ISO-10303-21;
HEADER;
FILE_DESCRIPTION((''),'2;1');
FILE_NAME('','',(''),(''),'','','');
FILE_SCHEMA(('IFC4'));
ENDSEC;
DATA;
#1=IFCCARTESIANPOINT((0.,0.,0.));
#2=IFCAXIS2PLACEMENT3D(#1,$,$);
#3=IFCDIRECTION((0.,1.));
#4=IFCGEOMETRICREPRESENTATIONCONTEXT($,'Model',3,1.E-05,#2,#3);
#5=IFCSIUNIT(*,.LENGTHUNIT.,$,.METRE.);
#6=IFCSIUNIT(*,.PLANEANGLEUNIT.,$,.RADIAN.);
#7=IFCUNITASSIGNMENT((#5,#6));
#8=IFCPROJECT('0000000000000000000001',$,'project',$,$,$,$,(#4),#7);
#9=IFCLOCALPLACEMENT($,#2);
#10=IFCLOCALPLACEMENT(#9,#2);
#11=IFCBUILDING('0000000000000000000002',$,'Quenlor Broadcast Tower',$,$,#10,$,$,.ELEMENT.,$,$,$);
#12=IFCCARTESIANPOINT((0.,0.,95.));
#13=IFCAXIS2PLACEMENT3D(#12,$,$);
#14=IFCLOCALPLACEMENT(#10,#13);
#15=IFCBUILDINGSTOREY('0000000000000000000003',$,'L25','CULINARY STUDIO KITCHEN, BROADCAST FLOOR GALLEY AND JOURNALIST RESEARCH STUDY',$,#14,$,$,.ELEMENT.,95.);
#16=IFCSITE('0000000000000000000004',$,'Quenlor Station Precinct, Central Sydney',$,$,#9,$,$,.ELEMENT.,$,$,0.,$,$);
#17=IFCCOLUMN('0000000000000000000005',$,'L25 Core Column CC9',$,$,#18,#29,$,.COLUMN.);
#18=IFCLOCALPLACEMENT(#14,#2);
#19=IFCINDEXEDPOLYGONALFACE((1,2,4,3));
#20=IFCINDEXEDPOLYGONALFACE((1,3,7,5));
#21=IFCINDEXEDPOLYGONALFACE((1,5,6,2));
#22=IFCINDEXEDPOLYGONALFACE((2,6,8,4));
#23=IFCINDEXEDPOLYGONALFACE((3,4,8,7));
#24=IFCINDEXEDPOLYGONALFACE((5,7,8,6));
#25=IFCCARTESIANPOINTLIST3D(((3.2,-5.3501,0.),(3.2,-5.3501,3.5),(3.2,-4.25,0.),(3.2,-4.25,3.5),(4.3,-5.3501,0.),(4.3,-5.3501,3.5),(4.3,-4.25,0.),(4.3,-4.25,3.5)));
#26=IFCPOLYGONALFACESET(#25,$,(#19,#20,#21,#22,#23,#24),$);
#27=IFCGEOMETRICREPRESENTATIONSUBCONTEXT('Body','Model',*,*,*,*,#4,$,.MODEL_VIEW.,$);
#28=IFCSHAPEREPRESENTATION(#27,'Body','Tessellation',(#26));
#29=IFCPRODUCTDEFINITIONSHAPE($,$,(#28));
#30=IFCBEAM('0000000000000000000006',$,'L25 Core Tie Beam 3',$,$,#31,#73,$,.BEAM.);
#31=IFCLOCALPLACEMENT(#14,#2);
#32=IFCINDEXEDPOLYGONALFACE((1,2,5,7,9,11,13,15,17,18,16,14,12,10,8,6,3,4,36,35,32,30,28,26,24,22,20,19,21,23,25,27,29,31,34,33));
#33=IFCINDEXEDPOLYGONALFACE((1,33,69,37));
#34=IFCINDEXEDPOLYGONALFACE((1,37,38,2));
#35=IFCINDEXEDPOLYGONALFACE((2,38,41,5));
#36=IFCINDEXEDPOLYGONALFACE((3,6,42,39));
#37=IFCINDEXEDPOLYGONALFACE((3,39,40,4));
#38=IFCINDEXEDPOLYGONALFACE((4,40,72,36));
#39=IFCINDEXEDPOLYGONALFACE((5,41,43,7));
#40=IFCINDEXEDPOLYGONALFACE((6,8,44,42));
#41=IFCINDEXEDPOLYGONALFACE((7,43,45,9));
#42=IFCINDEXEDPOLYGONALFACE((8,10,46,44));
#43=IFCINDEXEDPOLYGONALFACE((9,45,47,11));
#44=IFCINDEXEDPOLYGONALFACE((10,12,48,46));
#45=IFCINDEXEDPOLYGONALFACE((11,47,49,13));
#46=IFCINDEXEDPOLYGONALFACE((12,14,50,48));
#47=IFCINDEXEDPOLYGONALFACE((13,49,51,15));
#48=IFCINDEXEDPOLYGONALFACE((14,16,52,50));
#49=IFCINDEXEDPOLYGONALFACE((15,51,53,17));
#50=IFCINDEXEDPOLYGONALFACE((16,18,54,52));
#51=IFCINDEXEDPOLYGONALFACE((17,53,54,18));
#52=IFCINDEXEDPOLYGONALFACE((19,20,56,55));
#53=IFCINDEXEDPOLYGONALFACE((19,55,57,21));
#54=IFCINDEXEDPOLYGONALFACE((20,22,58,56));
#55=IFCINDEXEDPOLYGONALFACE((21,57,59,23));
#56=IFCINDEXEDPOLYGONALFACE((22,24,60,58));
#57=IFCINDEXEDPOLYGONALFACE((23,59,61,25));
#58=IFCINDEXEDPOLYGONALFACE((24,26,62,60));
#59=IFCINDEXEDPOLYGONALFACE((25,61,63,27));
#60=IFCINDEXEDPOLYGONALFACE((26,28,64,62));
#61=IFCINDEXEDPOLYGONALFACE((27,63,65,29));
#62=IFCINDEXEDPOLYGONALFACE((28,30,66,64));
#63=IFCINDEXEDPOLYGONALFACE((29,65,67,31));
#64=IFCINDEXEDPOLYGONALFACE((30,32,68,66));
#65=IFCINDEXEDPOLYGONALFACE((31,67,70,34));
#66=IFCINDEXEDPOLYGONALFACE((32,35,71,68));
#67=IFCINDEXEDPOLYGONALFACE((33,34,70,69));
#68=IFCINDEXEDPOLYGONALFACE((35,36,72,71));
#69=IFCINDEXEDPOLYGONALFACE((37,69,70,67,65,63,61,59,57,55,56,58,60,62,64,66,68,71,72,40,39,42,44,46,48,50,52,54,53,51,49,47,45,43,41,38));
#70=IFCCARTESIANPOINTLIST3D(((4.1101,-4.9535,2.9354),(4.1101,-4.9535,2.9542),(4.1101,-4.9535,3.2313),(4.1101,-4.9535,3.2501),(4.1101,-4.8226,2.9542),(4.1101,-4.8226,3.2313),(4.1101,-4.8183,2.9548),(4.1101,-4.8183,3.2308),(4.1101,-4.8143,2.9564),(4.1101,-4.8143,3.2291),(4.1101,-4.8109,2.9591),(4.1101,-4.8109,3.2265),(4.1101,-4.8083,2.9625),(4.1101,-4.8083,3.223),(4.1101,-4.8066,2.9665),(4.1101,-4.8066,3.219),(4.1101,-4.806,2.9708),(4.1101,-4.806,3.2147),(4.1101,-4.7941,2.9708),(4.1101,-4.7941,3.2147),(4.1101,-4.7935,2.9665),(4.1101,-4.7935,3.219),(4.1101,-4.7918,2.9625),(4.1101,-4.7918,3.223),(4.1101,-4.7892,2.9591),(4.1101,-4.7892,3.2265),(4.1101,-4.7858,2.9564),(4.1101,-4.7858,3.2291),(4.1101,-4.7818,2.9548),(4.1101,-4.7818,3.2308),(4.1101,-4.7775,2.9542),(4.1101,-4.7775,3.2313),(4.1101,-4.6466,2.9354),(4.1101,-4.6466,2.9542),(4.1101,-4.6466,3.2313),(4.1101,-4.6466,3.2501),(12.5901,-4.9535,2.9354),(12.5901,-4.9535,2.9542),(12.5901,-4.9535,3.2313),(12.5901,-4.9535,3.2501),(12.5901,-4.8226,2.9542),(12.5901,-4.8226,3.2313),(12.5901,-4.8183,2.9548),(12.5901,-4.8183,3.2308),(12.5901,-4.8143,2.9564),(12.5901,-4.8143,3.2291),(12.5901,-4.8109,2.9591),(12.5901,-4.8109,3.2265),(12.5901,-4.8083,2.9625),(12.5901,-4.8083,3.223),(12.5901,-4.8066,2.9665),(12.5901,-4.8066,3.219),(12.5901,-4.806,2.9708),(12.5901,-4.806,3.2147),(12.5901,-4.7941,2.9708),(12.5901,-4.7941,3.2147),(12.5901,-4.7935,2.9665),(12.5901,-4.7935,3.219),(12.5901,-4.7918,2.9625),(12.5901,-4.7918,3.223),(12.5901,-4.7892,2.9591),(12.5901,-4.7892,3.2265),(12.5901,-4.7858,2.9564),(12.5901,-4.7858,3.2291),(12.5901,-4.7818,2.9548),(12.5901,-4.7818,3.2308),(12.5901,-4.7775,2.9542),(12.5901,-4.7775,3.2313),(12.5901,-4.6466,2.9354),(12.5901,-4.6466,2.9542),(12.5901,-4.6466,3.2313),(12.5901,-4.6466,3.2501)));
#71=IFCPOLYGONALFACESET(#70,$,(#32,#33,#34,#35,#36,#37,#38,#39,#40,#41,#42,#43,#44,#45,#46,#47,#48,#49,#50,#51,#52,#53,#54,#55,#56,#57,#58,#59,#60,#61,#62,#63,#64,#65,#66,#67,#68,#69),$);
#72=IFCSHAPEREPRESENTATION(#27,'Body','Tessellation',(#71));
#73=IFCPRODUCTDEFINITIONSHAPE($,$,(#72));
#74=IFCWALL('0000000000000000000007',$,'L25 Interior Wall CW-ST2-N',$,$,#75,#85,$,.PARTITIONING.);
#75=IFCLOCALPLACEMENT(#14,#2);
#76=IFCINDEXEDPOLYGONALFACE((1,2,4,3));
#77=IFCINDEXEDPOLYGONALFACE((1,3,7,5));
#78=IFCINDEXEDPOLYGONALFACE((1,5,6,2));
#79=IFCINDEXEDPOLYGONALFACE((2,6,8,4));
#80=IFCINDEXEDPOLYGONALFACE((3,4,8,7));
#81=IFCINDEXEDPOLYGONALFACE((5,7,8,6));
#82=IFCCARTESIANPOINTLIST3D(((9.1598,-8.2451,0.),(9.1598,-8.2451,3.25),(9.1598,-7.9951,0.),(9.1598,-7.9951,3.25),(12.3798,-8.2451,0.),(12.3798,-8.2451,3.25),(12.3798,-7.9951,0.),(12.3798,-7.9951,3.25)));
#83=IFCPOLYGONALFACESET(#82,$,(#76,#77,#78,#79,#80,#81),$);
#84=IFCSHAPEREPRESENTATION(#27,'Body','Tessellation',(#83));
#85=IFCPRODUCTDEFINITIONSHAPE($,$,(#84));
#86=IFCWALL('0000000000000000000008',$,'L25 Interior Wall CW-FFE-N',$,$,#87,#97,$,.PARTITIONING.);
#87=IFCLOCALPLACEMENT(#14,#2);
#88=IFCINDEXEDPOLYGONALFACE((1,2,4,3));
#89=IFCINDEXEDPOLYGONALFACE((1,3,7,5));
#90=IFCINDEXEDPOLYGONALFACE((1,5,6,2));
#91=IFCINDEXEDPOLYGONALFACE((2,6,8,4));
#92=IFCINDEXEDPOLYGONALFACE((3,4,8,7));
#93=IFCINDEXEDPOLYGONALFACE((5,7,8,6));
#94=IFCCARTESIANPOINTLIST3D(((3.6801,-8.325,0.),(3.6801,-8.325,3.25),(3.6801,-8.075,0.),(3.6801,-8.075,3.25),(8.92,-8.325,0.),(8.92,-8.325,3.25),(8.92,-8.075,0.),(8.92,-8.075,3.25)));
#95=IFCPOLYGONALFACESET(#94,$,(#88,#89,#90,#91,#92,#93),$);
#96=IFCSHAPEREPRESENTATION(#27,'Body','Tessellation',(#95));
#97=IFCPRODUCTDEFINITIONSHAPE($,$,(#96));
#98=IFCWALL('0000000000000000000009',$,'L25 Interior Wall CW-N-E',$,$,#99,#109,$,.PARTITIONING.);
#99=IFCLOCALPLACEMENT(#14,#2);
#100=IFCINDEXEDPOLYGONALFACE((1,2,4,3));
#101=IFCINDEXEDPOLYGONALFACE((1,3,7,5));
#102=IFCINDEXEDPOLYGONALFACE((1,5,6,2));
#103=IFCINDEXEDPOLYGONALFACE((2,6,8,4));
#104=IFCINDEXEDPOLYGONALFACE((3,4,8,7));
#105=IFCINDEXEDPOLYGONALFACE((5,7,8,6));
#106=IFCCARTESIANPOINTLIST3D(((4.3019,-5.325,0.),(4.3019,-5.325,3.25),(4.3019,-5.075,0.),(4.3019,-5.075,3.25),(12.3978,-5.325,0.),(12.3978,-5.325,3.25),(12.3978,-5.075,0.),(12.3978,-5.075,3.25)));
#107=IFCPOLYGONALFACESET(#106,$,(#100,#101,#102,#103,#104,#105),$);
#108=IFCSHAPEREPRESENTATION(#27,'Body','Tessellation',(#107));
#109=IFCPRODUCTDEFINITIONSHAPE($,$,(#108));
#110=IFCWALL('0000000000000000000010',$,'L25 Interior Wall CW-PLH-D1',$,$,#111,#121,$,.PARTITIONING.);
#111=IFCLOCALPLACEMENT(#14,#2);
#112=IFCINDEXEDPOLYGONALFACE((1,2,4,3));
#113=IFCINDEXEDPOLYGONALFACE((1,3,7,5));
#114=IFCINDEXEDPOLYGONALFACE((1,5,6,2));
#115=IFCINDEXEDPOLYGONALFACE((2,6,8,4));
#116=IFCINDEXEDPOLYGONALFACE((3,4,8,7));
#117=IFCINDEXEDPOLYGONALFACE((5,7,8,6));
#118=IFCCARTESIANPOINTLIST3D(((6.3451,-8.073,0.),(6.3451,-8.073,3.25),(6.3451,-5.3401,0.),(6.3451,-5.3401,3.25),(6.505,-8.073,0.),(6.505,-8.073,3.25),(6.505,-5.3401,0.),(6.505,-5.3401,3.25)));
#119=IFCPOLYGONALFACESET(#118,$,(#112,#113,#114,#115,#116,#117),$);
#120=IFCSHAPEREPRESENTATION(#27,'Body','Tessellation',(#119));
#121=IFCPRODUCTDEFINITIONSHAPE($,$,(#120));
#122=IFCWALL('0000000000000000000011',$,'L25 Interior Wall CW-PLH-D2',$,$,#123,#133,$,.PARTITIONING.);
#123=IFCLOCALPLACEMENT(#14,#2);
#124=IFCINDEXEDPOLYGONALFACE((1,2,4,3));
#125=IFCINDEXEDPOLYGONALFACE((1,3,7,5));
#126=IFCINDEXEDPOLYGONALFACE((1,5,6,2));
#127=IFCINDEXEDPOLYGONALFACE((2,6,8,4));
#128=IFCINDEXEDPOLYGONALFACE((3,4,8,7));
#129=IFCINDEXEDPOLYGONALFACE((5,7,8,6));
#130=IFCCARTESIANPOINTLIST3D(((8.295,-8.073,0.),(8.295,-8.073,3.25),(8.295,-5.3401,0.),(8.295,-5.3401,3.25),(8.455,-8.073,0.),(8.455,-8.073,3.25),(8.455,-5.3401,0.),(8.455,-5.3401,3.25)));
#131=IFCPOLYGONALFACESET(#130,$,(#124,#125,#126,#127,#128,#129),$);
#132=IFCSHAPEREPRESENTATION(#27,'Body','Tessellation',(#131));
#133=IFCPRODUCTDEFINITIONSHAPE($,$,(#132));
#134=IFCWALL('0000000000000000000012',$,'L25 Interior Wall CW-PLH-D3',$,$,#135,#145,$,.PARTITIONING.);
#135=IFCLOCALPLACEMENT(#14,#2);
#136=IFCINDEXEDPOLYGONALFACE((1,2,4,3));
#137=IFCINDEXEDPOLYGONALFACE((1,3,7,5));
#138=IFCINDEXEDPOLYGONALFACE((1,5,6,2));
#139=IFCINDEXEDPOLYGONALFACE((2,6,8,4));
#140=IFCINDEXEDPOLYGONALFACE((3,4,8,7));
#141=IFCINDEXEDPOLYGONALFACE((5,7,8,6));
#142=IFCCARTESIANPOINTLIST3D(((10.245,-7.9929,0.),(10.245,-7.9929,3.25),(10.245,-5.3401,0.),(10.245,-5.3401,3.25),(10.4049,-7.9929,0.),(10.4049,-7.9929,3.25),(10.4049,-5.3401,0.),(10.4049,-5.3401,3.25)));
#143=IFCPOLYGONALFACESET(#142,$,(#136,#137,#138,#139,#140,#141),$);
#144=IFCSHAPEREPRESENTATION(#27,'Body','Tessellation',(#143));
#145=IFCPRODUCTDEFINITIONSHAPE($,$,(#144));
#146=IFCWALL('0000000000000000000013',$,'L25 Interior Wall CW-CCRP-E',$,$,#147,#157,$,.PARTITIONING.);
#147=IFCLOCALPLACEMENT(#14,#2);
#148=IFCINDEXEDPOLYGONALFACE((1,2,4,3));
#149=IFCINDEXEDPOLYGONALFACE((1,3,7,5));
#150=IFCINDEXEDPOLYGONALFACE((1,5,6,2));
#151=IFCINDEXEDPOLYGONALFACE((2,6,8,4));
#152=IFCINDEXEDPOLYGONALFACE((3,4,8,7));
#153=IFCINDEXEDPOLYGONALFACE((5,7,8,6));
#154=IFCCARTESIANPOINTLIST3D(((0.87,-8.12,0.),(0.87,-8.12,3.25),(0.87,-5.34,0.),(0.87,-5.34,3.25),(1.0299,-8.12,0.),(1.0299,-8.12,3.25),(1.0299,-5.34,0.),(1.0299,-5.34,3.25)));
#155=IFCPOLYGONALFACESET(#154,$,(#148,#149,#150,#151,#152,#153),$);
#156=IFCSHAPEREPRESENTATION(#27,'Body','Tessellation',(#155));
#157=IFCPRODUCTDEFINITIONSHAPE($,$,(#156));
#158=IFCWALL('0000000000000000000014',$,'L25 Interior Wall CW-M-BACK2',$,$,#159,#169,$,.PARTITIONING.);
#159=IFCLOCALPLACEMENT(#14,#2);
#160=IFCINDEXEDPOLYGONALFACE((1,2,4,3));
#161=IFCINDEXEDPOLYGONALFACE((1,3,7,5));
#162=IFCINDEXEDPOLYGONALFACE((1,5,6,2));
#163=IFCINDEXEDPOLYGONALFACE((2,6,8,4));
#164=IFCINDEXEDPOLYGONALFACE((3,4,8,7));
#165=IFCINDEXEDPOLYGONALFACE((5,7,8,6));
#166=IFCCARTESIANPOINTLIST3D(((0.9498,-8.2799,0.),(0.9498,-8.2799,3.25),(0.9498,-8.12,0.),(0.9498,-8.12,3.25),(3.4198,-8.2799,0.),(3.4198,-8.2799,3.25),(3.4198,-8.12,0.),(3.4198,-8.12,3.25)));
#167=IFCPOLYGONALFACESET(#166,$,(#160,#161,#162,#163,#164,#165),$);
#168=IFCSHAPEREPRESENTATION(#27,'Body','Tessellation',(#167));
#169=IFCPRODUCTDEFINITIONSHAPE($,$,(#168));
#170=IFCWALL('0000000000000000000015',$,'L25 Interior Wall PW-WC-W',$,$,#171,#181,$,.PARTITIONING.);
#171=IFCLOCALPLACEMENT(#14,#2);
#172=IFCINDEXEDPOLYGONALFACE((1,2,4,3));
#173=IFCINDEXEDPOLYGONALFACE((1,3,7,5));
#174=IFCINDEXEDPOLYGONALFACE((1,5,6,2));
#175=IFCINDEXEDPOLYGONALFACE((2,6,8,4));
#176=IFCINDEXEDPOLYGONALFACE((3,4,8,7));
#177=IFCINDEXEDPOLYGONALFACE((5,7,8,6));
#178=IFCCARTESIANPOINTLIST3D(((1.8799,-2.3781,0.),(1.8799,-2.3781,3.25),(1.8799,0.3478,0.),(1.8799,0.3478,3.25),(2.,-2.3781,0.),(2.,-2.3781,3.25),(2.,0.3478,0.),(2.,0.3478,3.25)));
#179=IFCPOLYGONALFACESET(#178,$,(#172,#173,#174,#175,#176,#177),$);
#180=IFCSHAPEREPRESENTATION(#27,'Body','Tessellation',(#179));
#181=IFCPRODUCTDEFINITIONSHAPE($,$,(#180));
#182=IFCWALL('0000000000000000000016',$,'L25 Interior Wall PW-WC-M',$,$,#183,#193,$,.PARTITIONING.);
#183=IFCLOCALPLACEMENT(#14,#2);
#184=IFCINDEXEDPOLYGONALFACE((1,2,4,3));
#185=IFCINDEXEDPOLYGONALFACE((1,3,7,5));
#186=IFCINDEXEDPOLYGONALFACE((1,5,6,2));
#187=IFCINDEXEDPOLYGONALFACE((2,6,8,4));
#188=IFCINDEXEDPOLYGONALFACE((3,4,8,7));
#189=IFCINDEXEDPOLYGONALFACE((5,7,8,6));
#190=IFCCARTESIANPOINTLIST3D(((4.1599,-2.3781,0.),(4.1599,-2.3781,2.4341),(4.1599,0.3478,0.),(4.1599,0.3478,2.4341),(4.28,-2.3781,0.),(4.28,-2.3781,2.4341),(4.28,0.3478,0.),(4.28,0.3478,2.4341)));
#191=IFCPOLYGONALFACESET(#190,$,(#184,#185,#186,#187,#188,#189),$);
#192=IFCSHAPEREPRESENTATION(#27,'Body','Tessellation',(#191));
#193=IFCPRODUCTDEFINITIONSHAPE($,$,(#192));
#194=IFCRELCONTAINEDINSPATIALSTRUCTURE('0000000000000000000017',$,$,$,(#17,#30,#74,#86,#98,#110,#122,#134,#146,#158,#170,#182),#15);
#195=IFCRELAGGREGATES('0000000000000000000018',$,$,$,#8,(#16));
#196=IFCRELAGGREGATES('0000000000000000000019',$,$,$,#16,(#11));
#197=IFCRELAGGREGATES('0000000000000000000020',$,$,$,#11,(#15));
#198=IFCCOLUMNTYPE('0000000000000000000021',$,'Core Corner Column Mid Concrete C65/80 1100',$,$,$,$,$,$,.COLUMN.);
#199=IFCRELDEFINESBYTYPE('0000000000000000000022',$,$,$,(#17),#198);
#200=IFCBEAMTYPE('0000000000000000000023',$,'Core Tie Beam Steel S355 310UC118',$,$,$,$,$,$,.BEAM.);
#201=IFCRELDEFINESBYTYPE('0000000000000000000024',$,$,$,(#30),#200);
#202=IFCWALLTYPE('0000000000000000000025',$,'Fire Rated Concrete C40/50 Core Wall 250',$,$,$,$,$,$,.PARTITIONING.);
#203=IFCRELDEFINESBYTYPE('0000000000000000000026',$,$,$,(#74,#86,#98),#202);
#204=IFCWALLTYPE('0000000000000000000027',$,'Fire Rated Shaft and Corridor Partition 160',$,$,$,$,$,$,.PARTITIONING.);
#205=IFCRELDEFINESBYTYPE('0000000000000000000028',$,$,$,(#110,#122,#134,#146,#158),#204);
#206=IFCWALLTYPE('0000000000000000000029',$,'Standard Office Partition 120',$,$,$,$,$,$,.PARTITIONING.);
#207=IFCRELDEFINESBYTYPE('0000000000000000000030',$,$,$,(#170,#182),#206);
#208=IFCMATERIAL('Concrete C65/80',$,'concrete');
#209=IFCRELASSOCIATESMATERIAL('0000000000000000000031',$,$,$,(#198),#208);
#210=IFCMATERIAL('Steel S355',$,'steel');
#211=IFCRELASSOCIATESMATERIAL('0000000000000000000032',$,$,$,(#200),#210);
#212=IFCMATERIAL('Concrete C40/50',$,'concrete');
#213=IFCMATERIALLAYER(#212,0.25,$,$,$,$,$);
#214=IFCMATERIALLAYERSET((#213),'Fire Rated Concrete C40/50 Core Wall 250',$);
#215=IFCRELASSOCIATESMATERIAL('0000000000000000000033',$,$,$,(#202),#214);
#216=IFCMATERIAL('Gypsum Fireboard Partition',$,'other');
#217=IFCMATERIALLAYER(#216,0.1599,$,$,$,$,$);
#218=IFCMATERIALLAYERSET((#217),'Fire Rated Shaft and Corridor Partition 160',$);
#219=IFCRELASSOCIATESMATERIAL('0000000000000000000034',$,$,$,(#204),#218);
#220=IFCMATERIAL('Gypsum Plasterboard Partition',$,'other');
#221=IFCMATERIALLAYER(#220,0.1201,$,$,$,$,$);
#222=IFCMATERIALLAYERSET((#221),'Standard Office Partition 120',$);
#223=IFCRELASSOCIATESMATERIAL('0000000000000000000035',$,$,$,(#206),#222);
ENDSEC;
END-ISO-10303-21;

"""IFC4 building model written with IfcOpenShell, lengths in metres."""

from ifc_helpers import new_model, si_unit, direction, frame, frame_2d, origin, origin_2d, place, context, subcontext, project, spatial, rectangle, i_section, extrude, material, layer, layer_set, material_profile, profile_set, type_object, element, save


model = new_model("IFC4")

# Units and contexts
model_context = context("Model", 3, precision=1e-05, world=origin(), true_north=direction((0.0, 1.0)))
body_context = subcontext(model_context, "Body", "Model", "MODEL_VIEW")
ifc_project = project(units=[si_unit("LENGTHUNIT", "METRE"), si_unit("PLANEANGLEUNIT", "RADIAN")], contexts=[model_context])

# Site, building, storey
site_placement = place(None, origin())
site = spatial("IfcSite", under=ifc_project, at=site_placement, Name="Quenlor Station Precinct, Central Sydney", CompositionType="ELEMENT", RefElevation=0.0)
building_placement = place(site_placement, origin())
building = spatial("IfcBuilding", under=site, at=building_placement, Name="Quenlor Broadcast Tower", CompositionType="ELEMENT")
storey_placement = place(building_placement, frame((0.0, 0.0, 95.0)))
storey = spatial("IfcBuildingStorey", under=building, at=storey_placement, Name="L25", Description="CULINARY STUDIO KITCHEN, BROADCAST FLOOR GALLEY AND JOURNALIST RESEARCH STUDY", CompositionType="ELEMENT", Elevation=95.0)

# Column
ifc_material_1 = material(Name="Concrete C65/80", Category="concrete")
ifc_material_profile_1 = material_profile(ifc_material_1, rectangle(XDim=1.1001, YDim=1.1001, at=origin_2d()))
ifc_profile_set_1 = profile_set([ifc_material_profile_1], Name="Concrete C65/80 RC1100x1100")
column_type = type_object("IfcColumnType", Name="Core Corner Column Mid Concrete C65/80 1100", PredefinedType="COLUMN", material=ifc_profile_set_1)
column_placement = place(storey_placement, frame((3.75, -4.8, 0.0), z_axis=(0.0, 0.0, 1.0), x_axis=(1.0, 0.0, 0.0)))
element("IfcColumn", 1, at=column_placement, inside=storey, type_object=column_type, Name="L25 Core Column CC9", PredefinedType="COLUMN", context=body_context, shape_type="SweptSolid", body=[
    extrude(rectangle(XDim=1.1001, YDim=1.1001, at=origin_2d()), origin(), (0.0, 0.0, 1.0), 3.5),
])

# Beam
ifc_material_2 = material(Name="Steel S355", Category="steel")
ifc_material_profile_2 = material_profile(ifc_material_2, i_section(OverallWidth=0.3069, OverallDepth=0.3147, WebThickness=0.012, FlangeThickness=0.0188, FilletRadius=0.0166, at=origin_2d()))
ifc_profile_set_2 = profile_set([ifc_material_profile_2], Name="Steel S355 310UC118")
beam_type = type_object("IfcBeamType", Name="Core Tie Beam Steel S355 310UC118", PredefinedType="BEAM", material=ifc_profile_set_2)
beam_placement = place(storey_placement, frame((4.1101, -4.8, 3.0928), z_axis=(1.0, 0.0, 0.0), x_axis=(0.0, 1.0, 0.0)))
element("IfcBeam", 2, at=beam_placement, inside=storey, type_object=beam_type, Name="L25 Core Tie Beam 3", PredefinedType="BEAM", context=body_context, shape_type="SweptSolid", body=[
    extrude(i_section(OverallWidth=0.3069, OverallDepth=0.3147, WebThickness=0.012, FlangeThickness=0.0188, FilletRadius=0.0166, at=origin_2d()), origin(), (0.0, 0.0, 1.0), 8.48),
])

# Shared definitions
ifc_material_3 = material(Name="Concrete C40/50", Category="concrete")
ifc_layer_1 = layer(ifc_material_3, 0.25)
ifc_layer_set_1 = layer_set([ifc_layer_1], Name="Fire Rated Concrete C40/50 Core Wall 250")
wall_type_1 = type_object("IfcWallType", Name="Fire Rated Concrete C40/50 Core Wall 250", PredefinedType="PARTITIONING", material=ifc_layer_set_1)

# Walls
wall_1_placement = place(storey_placement, frame((9.1599, -8.1201, 0.0), z_axis=(0.0, 0.0, 1.0), x_axis=(1.0, 0.0, 0.0)))
element("IfcWall", 3, at=wall_1_placement, inside=storey, type_object=wall_type_1, Name="L25 Interior Wall CW-ST2-N", PredefinedType="PARTITIONING", context=body_context, shape_type="SweptSolid", body=[
    extrude(rectangle(XDim=3.22, YDim=0.25, at=frame_2d((1.6099, 0.0))), origin(), (0.0, 0.0, 1.0), 3.25),
])
wall_2_placement = place(storey_placement, frame((3.6799, -8.2, 0.0), z_axis=(0.0, 0.0, 1.0), x_axis=(1.0, 0.0, 0.0)))
element("IfcWall", 4, at=wall_2_placement, inside=storey, type_object=wall_type_1, Name="L25 Interior Wall CW-FFE-N", PredefinedType="PARTITIONING", context=body_context, shape_type="SweptSolid", body=[
    extrude(rectangle(XDim=5.24, YDim=0.25, at=frame_2d((2.6201, 0.0))), origin(), (0.0, 0.0, 1.0), 3.25),
])
wall_3_placement = place(storey_placement, frame((4.302, -5.2, 0.0), z_axis=(0.0, 0.0, 1.0), x_axis=(1.0, 0.0, 0.0)))
element("IfcWall", 5, at=wall_3_placement, inside=storey, type_object=wall_type_1, Name="L25 Interior Wall CW-N-E", PredefinedType="PARTITIONING", context=body_context, shape_type="SweptSolid", body=[
    extrude(rectangle(XDim=8.0959, YDim=0.25, at=frame_2d((4.0479, 0.0))), origin(), (0.0, 0.0, 1.0), 3.25),
])

# Walls
ifc_material_4 = material(Name="Gypsum Fireboard Partition", Category="other")
ifc_layer_2 = layer(ifc_material_4, 0.1599)
ifc_layer_set_2 = layer_set([ifc_layer_2], Name="Fire Rated Shaft and Corridor Partition 160")
wall_type_2 = type_object("IfcWallType", Name="Fire Rated Shaft and Corridor Partition 160", PredefinedType="PARTITIONING", material=ifc_layer_set_2)
for number, where, z_axis, x_axis, name in (
    (6, (6.425, -8.073, 0.0), (0.0, 0.0, 1.0), (0.0, 1.0, 0.0), "L25 Interior Wall CW-PLH-D1"),
    (7, (8.375, -8.073, 0.0), (0.0, 0.0, 1.0), (0.0, 1.0, 0.0), "L25 Interior Wall CW-PLH-D2"),
):
    element("IfcWall", number, at=place(storey_placement, frame(where, z_axis=z_axis, x_axis=x_axis)), inside=storey, type_object=wall_type_2, Name=name, PredefinedType="PARTITIONING", context=body_context, shape_type="SweptSolid", body=[
        extrude(rectangle(XDim=2.7329, YDim=0.1599, at=frame_2d((1.3665, 0.0))), origin(), (0.0, 0.0, 1.0), 3.25),
    ])
wall_4_placement = place(storey_placement, frame((10.325, -7.9929, 0.0), z_axis=(0.0, 0.0, 1.0), x_axis=(0.0, 1.0, 0.0)))
element("IfcWall", 8, at=wall_4_placement, inside=storey, type_object=wall_type_2, Name="L25 Interior Wall CW-PLH-D3", PredefinedType="PARTITIONING", context=body_context, shape_type="SweptSolid", body=[
    extrude(rectangle(XDim=2.6528, YDim=0.1599, at=frame_2d((1.3264, 0.0))), origin(), (0.0, 0.0, 1.0), 3.25),
])
wall_5_placement = place(storey_placement, frame((0.95, -8.1201, 0.0), z_axis=(0.0, 0.0, 1.0), x_axis=(0.0, 1.0, 0.0)))
element("IfcWall", 9, at=wall_5_placement, inside=storey, type_object=wall_type_2, Name="L25 Interior Wall CW-CCRP-E", PredefinedType="PARTITIONING", context=body_context, shape_type="SweptSolid", body=[
    extrude(rectangle(XDim=2.78, YDim=0.1599, at=frame_2d((1.3901, 0.0))), origin(), (0.0, 0.0, 1.0), 3.25),
])
wall_6_placement = place(storey_placement, frame((0.95, -8.2, 0.0), z_axis=(0.0, 0.0, 1.0), x_axis=(1.0, 0.0, 0.0)))
element("IfcWall", 10, at=wall_6_placement, inside=storey, type_object=wall_type_2, Name="L25 Interior Wall CW-M-BACK2", PredefinedType="PARTITIONING", context=body_context, shape_type="SweptSolid", body=[
    extrude(rectangle(XDim=2.47, YDim=0.1599, at=frame_2d((1.2349, 0.0))), origin(), (0.0, 0.0, 1.0), 3.25),
])

# Shared definitions
ifc_material_5 = material(Name="Gypsum Plasterboard Partition", Category="other")
ifc_layer_3 = layer(ifc_material_5, 0.1201)
ifc_layer_set_3 = layer_set([ifc_layer_3], Name="Standard Office Partition 120")
wall_type_3 = type_object("IfcWallType", Name="Standard Office Partition 120", PredefinedType="PARTITIONING", material=ifc_layer_set_3)

# Walls
wall_7_placement = place(storey_placement, frame((1.9399, -2.3779, 0.0), z_axis=(0.0, 0.0, 1.0), x_axis=(0.0, 1.0, 0.0)))
element("IfcWall", 11, at=wall_7_placement, inside=storey, type_object=wall_type_3, Name="L25 Interior Wall PW-WC-W", PredefinedType="PARTITIONING", context=body_context, shape_type="SweptSolid", body=[
    extrude(rectangle(XDim=2.7258, YDim=0.1201, at=frame_2d((1.3628, 0.0))), origin(), (0.0, 0.0, 1.0), 3.25),
])
wall_8_placement = place(storey_placement, frame((4.22, -2.3779, 0.0), z_axis=(0.0, 0.0, 1.0), x_axis=(0.0, 1.0, 0.0)))
element("IfcWall", 12, at=wall_8_placement, inside=storey, type_object=wall_type_3, Name="L25 Interior Wall PW-WC-M", PredefinedType="PARTITIONING", context=body_context, shape_type="SweptSolid", body=[
    extrude(rectangle(XDim=2.7258, YDim=0.1201, at=frame_2d((1.3628, 0.0))), origin(), (0.0, 0.0, 1.0), 2.4341),
])

save(model, "model.ifc")
